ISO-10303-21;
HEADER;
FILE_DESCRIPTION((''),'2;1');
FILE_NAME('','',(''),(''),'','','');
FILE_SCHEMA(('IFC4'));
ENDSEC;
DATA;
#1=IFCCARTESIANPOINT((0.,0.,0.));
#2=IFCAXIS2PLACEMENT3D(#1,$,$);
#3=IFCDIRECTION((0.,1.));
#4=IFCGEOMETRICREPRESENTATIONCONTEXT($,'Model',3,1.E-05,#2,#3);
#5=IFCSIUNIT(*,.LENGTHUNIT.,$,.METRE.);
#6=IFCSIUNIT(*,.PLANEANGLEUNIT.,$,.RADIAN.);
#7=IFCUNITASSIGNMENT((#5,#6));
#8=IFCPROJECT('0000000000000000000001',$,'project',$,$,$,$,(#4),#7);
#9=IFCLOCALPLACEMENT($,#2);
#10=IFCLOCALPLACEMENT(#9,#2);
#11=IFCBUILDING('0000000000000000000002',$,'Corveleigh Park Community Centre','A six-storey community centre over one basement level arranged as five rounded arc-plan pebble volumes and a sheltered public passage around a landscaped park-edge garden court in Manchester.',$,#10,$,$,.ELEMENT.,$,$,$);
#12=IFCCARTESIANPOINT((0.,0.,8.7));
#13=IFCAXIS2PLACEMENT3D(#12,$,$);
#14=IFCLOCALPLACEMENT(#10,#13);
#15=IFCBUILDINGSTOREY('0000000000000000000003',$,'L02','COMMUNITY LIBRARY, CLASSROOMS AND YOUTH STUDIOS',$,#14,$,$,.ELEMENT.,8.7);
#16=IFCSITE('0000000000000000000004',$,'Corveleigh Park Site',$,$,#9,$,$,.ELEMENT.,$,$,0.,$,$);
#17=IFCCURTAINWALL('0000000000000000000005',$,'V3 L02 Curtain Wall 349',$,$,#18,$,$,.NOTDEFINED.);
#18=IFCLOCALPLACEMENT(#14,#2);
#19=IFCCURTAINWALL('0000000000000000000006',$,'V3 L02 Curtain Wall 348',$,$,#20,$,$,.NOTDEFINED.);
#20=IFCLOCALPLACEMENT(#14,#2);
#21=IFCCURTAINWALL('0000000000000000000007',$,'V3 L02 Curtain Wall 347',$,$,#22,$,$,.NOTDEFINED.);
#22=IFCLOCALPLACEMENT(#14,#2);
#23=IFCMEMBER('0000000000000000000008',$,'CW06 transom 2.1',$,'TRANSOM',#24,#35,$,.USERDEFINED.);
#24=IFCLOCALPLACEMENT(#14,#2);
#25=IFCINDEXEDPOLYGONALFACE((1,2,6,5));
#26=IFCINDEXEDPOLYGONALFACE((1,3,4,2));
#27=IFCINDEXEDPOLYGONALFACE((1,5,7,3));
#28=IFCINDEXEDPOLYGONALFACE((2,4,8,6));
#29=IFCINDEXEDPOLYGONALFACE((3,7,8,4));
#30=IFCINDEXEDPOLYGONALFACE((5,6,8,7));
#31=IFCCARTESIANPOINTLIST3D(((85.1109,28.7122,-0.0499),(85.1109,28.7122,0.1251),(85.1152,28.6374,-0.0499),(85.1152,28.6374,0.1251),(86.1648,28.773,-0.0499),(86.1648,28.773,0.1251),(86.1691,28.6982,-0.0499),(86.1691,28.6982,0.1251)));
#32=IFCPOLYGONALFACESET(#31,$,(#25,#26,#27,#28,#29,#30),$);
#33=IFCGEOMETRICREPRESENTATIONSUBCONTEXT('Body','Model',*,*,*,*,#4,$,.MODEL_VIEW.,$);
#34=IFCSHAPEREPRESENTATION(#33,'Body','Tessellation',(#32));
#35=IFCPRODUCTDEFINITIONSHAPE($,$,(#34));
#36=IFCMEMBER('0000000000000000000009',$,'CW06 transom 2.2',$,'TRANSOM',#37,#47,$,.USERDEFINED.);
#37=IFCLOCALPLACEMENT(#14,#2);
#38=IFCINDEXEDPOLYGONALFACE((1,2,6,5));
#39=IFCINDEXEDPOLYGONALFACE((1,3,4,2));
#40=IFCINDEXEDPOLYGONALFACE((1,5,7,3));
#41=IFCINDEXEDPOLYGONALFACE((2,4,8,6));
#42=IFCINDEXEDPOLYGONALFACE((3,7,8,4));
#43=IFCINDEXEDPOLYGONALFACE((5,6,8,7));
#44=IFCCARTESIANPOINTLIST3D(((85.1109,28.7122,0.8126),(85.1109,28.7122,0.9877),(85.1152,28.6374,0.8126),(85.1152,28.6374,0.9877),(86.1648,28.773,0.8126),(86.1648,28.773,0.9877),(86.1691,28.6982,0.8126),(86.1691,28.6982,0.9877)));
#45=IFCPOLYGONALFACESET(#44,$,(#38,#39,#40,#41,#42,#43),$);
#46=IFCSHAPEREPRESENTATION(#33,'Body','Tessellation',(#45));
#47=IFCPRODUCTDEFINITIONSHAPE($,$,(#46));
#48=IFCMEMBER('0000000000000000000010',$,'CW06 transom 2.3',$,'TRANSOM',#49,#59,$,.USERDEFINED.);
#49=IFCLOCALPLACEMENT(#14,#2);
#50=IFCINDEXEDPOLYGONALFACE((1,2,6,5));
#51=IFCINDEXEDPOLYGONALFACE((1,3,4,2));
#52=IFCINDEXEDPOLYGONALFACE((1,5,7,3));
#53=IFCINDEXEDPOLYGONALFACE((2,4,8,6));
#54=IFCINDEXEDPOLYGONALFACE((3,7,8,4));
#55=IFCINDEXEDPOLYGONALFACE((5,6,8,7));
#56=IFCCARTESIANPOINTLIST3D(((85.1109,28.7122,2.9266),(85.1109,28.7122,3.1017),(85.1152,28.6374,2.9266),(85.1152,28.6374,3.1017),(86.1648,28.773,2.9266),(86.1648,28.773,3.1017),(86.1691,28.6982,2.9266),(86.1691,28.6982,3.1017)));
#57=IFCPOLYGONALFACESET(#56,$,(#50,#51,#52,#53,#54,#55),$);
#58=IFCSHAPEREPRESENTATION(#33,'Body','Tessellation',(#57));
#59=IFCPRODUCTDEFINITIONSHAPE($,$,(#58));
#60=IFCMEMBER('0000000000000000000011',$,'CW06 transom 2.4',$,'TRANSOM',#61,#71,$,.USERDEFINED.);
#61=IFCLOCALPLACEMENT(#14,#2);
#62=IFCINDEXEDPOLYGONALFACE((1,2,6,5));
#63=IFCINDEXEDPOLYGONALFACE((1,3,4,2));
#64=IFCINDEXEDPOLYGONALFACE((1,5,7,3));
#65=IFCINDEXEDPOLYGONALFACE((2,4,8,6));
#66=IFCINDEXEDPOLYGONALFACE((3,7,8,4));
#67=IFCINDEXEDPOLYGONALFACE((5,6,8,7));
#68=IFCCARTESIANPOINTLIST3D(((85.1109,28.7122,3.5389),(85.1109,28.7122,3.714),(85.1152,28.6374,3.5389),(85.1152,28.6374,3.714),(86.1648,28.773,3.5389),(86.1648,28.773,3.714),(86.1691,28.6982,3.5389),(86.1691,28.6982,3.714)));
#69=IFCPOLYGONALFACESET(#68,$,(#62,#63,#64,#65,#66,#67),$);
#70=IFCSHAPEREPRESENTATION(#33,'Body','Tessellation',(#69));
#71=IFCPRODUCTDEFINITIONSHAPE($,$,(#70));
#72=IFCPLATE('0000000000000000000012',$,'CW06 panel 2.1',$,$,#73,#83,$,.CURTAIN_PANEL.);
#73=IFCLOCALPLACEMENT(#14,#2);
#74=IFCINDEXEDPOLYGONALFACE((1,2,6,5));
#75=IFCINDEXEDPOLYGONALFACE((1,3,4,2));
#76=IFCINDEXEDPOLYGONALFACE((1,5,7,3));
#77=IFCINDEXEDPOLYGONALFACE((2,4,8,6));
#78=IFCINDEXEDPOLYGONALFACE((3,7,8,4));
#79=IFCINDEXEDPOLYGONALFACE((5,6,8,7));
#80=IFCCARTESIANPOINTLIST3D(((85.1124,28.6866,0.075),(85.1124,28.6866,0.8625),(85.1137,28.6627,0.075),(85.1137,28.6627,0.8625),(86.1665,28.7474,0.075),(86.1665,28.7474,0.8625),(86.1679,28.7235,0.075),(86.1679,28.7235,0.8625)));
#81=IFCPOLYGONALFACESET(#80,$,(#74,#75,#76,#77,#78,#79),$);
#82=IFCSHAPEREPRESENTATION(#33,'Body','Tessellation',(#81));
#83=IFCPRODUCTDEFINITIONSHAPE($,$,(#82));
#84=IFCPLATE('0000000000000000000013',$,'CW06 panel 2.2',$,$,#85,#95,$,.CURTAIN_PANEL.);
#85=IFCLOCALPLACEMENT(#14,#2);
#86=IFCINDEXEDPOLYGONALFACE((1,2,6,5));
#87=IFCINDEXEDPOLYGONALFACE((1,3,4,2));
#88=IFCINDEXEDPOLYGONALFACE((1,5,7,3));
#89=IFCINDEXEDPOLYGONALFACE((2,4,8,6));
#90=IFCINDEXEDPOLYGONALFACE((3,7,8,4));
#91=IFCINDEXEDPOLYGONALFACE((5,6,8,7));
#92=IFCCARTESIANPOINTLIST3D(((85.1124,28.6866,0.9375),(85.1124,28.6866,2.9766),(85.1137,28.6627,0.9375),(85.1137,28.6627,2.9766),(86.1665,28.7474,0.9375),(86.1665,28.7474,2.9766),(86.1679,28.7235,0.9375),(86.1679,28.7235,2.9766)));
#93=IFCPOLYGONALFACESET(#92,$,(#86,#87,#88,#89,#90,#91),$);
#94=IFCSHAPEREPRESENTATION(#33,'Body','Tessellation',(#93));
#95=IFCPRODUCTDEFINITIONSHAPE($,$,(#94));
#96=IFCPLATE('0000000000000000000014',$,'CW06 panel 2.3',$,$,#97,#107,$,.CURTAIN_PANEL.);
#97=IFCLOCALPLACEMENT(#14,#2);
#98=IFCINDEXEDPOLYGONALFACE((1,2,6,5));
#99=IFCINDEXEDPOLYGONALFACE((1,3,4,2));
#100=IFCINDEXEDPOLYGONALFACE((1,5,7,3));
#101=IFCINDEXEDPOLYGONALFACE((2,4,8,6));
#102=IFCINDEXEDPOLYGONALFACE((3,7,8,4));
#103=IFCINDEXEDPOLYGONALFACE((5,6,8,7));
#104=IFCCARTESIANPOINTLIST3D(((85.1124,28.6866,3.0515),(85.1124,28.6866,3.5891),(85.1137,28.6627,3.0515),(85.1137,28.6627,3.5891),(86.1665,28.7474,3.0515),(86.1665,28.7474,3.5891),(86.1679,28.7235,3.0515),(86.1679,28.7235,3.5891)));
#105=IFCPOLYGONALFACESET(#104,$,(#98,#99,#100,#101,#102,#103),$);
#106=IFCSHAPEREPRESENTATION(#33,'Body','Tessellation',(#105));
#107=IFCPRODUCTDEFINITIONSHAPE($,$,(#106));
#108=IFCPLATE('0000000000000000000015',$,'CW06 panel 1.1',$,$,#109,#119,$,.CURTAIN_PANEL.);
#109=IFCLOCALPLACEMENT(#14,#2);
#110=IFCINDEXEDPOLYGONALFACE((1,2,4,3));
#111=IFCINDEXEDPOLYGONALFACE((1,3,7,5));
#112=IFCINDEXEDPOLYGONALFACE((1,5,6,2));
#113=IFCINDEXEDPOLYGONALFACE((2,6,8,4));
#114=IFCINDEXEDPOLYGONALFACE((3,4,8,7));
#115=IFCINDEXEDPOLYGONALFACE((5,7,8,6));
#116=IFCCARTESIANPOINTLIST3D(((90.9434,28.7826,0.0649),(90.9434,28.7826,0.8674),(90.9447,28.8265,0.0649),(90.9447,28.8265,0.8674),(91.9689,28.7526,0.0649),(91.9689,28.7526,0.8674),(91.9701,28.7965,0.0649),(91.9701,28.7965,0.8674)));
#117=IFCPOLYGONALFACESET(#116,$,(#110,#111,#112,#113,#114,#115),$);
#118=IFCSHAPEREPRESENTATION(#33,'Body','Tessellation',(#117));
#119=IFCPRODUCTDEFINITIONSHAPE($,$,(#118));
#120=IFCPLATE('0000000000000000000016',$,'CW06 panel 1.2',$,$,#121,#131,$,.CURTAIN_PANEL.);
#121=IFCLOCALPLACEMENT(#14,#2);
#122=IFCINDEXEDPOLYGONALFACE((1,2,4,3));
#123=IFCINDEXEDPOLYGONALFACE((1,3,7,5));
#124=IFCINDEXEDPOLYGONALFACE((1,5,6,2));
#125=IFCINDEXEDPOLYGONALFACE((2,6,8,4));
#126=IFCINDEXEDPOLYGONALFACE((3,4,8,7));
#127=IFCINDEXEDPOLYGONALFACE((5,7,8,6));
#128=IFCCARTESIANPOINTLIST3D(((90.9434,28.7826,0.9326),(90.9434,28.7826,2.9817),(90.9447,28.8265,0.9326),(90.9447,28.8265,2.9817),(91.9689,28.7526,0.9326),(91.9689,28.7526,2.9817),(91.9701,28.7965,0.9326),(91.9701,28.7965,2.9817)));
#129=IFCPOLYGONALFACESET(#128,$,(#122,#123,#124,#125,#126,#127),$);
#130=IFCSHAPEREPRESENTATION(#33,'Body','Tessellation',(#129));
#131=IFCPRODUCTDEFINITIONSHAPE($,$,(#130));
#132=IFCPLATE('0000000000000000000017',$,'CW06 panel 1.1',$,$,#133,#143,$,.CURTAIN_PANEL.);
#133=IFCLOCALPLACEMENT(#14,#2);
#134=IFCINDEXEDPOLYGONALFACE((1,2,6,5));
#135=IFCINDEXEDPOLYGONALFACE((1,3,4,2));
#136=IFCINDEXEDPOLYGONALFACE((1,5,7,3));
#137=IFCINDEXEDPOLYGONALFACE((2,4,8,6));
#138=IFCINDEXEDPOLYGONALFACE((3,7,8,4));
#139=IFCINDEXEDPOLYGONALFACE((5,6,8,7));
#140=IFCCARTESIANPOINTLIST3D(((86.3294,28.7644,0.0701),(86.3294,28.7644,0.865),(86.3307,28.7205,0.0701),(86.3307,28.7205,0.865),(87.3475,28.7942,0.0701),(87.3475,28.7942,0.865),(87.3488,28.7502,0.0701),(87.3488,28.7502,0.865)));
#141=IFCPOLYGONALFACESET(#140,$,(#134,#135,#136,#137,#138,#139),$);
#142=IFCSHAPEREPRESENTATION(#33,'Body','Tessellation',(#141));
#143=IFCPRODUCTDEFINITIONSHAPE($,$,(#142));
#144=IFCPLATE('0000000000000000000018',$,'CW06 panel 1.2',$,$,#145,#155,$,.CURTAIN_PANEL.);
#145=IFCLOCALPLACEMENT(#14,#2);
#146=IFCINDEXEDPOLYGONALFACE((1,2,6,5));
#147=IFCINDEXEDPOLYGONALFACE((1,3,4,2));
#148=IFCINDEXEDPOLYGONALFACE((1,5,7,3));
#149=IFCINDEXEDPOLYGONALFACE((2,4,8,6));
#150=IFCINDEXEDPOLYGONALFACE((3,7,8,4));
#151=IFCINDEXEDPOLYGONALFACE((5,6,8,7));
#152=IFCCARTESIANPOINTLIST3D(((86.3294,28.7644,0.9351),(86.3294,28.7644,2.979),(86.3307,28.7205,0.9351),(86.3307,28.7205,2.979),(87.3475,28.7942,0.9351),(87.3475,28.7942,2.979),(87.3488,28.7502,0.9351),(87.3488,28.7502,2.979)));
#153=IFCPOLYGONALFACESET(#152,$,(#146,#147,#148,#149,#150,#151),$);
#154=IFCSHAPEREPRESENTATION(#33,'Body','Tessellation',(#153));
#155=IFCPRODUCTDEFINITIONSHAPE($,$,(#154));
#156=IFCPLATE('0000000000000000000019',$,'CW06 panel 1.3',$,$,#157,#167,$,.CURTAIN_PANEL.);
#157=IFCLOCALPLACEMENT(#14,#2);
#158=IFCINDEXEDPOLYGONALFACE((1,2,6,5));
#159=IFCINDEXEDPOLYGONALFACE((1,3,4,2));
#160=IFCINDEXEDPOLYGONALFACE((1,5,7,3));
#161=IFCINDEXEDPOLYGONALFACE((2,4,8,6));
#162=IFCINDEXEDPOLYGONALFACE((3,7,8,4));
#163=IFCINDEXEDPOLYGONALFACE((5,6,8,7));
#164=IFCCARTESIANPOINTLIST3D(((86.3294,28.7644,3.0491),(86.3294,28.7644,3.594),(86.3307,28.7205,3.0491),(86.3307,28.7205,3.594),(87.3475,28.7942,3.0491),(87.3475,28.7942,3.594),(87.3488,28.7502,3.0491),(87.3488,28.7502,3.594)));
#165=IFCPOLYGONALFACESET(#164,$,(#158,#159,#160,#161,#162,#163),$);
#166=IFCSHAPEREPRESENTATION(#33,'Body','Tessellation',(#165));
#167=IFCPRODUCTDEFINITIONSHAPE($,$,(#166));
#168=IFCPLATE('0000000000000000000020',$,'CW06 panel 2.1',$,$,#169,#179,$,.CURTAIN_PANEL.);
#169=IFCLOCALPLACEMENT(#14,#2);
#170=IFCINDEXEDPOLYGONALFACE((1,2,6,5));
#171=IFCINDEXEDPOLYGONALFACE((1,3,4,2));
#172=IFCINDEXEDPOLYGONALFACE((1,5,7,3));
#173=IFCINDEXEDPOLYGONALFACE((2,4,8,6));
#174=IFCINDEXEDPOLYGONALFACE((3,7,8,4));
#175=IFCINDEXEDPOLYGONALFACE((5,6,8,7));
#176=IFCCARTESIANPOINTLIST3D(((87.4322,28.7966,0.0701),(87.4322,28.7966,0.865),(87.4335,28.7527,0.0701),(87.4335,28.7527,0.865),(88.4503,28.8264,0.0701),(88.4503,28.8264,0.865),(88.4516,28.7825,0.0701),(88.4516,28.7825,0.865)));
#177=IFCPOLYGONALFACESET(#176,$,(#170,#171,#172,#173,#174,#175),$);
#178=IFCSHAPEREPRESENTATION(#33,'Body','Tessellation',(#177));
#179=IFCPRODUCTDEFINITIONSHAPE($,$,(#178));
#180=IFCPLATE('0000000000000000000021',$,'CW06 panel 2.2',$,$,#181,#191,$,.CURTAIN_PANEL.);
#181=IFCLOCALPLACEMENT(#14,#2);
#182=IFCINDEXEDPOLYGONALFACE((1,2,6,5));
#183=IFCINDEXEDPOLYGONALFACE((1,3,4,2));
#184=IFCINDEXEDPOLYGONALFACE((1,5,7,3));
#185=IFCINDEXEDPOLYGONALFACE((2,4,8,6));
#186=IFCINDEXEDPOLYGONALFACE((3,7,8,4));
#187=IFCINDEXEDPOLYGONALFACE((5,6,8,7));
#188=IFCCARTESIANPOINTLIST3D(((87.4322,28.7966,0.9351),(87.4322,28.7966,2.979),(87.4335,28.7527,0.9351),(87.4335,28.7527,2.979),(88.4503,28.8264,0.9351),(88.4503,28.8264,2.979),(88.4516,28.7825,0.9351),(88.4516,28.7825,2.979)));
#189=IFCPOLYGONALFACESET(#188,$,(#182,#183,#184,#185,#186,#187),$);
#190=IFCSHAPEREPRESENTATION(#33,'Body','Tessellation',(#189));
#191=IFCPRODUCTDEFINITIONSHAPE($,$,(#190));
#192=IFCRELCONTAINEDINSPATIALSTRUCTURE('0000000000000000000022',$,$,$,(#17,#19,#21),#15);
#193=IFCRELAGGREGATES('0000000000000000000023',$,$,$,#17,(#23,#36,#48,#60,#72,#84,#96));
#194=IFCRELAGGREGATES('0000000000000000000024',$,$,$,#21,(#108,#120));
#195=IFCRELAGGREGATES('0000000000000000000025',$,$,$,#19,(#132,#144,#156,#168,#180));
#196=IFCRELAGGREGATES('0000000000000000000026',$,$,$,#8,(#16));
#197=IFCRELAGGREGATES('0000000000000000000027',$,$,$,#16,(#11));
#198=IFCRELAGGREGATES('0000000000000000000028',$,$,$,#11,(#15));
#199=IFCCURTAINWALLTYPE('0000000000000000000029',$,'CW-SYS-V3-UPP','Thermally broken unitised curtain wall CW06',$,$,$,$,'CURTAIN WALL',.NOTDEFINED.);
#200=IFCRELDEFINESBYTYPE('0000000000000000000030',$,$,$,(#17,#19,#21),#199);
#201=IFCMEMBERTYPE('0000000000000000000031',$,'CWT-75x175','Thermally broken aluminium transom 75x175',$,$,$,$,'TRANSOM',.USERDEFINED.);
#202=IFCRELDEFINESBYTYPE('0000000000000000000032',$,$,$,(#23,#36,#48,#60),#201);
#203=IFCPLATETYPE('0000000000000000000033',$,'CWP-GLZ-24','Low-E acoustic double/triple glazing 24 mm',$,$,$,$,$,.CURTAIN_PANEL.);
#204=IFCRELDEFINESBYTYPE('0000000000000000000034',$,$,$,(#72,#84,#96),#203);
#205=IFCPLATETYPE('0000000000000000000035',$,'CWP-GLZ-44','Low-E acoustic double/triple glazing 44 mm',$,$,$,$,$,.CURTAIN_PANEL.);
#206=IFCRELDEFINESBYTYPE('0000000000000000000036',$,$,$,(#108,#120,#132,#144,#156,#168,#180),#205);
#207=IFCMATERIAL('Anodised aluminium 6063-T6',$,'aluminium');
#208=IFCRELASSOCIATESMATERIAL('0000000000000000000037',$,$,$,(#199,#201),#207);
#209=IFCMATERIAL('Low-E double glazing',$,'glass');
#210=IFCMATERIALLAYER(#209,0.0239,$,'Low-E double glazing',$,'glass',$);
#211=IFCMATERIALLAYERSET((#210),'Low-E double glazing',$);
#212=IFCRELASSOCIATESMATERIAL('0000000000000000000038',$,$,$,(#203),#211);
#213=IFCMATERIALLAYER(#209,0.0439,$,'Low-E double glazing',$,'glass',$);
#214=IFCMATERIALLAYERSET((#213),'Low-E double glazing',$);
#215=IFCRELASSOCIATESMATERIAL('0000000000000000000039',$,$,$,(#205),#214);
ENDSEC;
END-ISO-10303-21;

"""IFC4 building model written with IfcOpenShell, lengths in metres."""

from ifc_helpers import new_model, si_unit, direction, frame, origin, origin_2d, place, context, subcontext, project, spatial, rectangle, extrude, material, layer, layer_set, material_profile, profile_set, type_object, element, aggregate, save


model = new_model("IFC4")

# Units and contexts
model_context = context("Model", 3, precision=1e-05, world=origin(), true_north=direction((0.0, 1.0)))
body_context = subcontext(model_context, "Body", "Model", "MODEL_VIEW")
ifc_project = project(units=[si_unit("LENGTHUNIT", "METRE"), si_unit("PLANEANGLEUNIT", "RADIAN")], contexts=[model_context])

# Site, building, storey
site_placement = place(None, origin())
site = spatial("IfcSite", under=ifc_project, at=site_placement, Name="Corveleigh Park Site", CompositionType="ELEMENT", RefElevation=0.0)
building_placement = place(site_placement, origin())
building = spatial("IfcBuilding", under=site, at=building_placement, Name="Corveleigh Park Community Centre", Description="A six-storey community centre over one basement level arranged as five rounded arc-plan pebble volumes and a sheltered public passage around a landscaped park-edge garden court in Manchester.", CompositionType="ELEMENT")
storey_placement = place(building_placement, frame((0.0, 0.0, 8.7)))
storey = spatial("IfcBuildingStorey", under=building, at=storey_placement, Name="L02", Description="COMMUNITY LIBRARY, CLASSROOMS AND YOUTH STUDIOS", CompositionType="ELEMENT", Elevation=8.7)

# Curtain wall
ifc_material_1 = material(Name="Anodised aluminium 6063-T6", Category="aluminium")
curtain_wall_type = type_object("IfcCurtainWallType", Name="CW-SYS-V3-UPP", Description="Thermally broken unitised curtain wall CW06", ElementType="CURTAIN WALL", PredefinedType="NOTDEFINED", material=ifc_material_1)
curtain_wall_1_placement = place(storey_placement, origin())
curtain_wall_1 = element("IfcCurtainWall", 1, at=curtain_wall_1_placement, inside=storey, type_object=curtain_wall_type, Name="V3 L02 Curtain Wall 349", PredefinedType="NOTDEFINED")

# Curtain walls
curtain_wall_2_placement = place(storey_placement, origin())
curtain_wall_2 = element("IfcCurtainWall", 2, at=curtain_wall_2_placement, inside=storey, type_object=curtain_wall_type, Name="V3 L02 Curtain Wall 348", PredefinedType="NOTDEFINED")
curtain_wall_3_placement = place(storey_placement, origin())
curtain_wall_3 = element("IfcCurtainWall", 3, at=curtain_wall_3_placement, inside=storey, type_object=curtain_wall_type, Name="V3 L02 Curtain Wall 347", PredefinedType="NOTDEFINED")

# Members
ifc_material_profile_1 = material_profile(ifc_material_1, rectangle(XDim=0.075, YDim=0.175, at=origin_2d()), Name="ALU-T75x175", Category="aluminium")
ifc_profile_set_1 = profile_set([ifc_material_profile_1], Name="Anodised aluminium 6063-T6")
member_type_1 = type_object("IfcMemberType", Name="CWT-75x175", Description="Thermally broken aluminium transom 75x175", ElementType="TRANSOM", PredefinedType="USERDEFINED", material=ifc_profile_set_1)
member_1_placement = place(storey_placement, frame((85.113, 28.6748, 0.0376), z_axis=(0.998341, 0.057583, 0.0), x_axis=(-0.057583, 0.998341, 0.0)))
member_1 = element("IfcMember", 4, at=member_1_placement, type_object=member_type_1, Name="CW06 transom 2.1", ObjectType="TRANSOM", PredefinedType="USERDEFINED", context=body_context, shape_type="SweptSolid", body=[
    extrude(rectangle(XDim=0.075, YDim=0.175, at=origin_2d()), origin(), (0.0, 0.0, 1.0), 1.0557),
])
member_2_placement = place(storey_placement, frame((85.113, 28.6748, 0.9001), z_axis=(0.998341, 0.057583, 0.0), x_axis=(-0.057583, 0.998341, 0.0)))
member_2 = element("IfcMember", 5, at=member_2_placement, type_object=member_type_1, Name="CW06 transom 2.2", ObjectType="TRANSOM", PredefinedType="USERDEFINED", context=body_context, shape_type="SweptSolid", body=[
    extrude(rectangle(XDim=0.075, YDim=0.175, at=origin_2d()), origin(), (0.0, 0.0, 1.0), 1.0557),
])
member_3_placement = place(storey_placement, frame((85.113, 28.6748, 3.0142), z_axis=(0.998341, 0.057583, 0.0), x_axis=(-0.057583, 0.998341, 0.0)))
member_3 = element("IfcMember", 6, at=member_3_placement, type_object=member_type_1, Name="CW06 transom 2.3", ObjectType="TRANSOM", PredefinedType="USERDEFINED", context=body_context, shape_type="SweptSolid", body=[
    extrude(rectangle(XDim=0.075, YDim=0.175, at=origin_2d()), origin(), (0.0, 0.0, 1.0), 1.0557),
])
member_4_placement = place(storey_placement, frame((85.113, 28.6748, 3.6265), z_axis=(0.998341, 0.057583, 0.0), x_axis=(-0.057583, 0.998341, 0.0)))
member_4 = element("IfcMember", 7, at=member_4_placement, type_object=member_type_1, Name="CW06 transom 2.4", ObjectType="TRANSOM", PredefinedType="USERDEFINED", context=body_context, shape_type="SweptSolid", body=[
    extrude(rectangle(XDim=0.075, YDim=0.175, at=origin_2d()), origin(), (0.0, 0.0, 1.0), 1.0557),
])

# Plates
ifc_material_2 = material(Name="Low-E double glazing", Category="glass")
ifc_layer_1 = layer(ifc_material_2, 0.0239, Name="Low-E double glazing", Category="glass")
ifc_layer_set_1 = layer_set([ifc_layer_1], Name="Low-E double glazing")
plate_type_1 = type_object("IfcPlateType", Name="CWP-GLZ-24", Description="Low-E acoustic double/triple glazing 24 mm", PredefinedType="CURTAIN_PANEL", material=ifc_layer_set_1)
plate_1_placement = place(storey_placement, frame((85.6401, 28.7051, 0.075), z_axis=(0.0, 0.0, 1.0), x_axis=(0.99834, 0.057597, 0.0)))
plate_1 = element("IfcPlate", 8, at=plate_1_placement, type_object=plate_type_1, Name="CW06 panel 2.1", PredefinedType="CURTAIN_PANEL", context=body_context, shape_type="SweptSolid", body=[
    extrude(rectangle(XDim=1.0559, YDim=0.0239, at=origin_2d()), origin(), (0.0, 0.0, 1.0), 0.7876),
])
plate_2_placement = place(storey_placement, frame((85.6401, 28.7051, 0.9375), z_axis=(0.0, 0.0, 1.0), x_axis=(0.99834, 0.057597, 0.0)))
plate_2 = element("IfcPlate", 9, at=plate_2_placement, type_object=plate_type_1, Name="CW06 panel 2.2", PredefinedType="CURTAIN_PANEL", context=body_context, shape_type="SweptSolid", body=[
    extrude(rectangle(XDim=1.0559, YDim=0.0239, at=origin_2d()), origin(), (0.0, 0.0, 1.0), 2.0391),
])
plate_3_placement = place(storey_placement, frame((85.6401, 28.7051, 3.0515), z_axis=(0.0, 0.0, 1.0), x_axis=(0.99834, 0.057597, 0.0)))
plate_3 = element("IfcPlate", 10, at=plate_3_placement, type_object=plate_type_1, Name="CW06 panel 2.3", PredefinedType="CURTAIN_PANEL", context=body_context, shape_type="SweptSolid", body=[
    extrude(rectangle(XDim=1.0559, YDim=0.0239, at=origin_2d()), origin(), (0.0, 0.0, 1.0), 0.5376),
])
aggregate(curtain_wall_1, [member_1, member_2, member_3, member_4, plate_1, plate_2, plate_3])
ifc_layer_2 = layer(ifc_material_2, 0.0439, Name="Low-E double glazing", Category="glass")
ifc_layer_set_2 = layer_set([ifc_layer_2], Name="Low-E double glazing")
plate_type_2 = type_object("IfcPlateType", Name="CWP-GLZ-44", Description="Low-E acoustic double/triple glazing 44 mm", PredefinedType="CURTAIN_PANEL", material=ifc_layer_set_2)
plate_4_placement = place(storey_placement, frame((91.4568, 28.7896, 0.0649), z_axis=(0.0, 0.0, 1.0), x_axis=(0.999573, -0.029232, 0.0)))
plate_4 = element("IfcPlate", 11, at=plate_4_placement, type_object=plate_type_2, Name="CW06 panel 1.1", PredefinedType="CURTAIN_PANEL", context=body_context, shape_type="SweptSolid", body=[
    extrude(rectangle(XDim=1.0259, YDim=0.0439, at=origin_2d()), origin(), (0.0, 0.0, 1.0), 0.8025),
])
plate_5_placement = place(storey_placement, frame((91.4568, 28.7896, 0.9326), z_axis=(0.0, 0.0, 1.0), x_axis=(0.999573, -0.029232, 0.0)))
plate_5 = element("IfcPlate", 12, at=plate_5_placement, type_object=plate_type_2, Name="CW06 panel 1.2", PredefinedType="CURTAIN_PANEL", context=body_context, shape_type="SweptSolid", body=[
    extrude(rectangle(XDim=1.0259, YDim=0.0439, at=origin_2d()), origin(), (0.0, 0.0, 1.0), 2.0491),
])
aggregate(curtain_wall_3, [plate_4, plate_5])
plate_6_placement = place(storey_placement, frame((86.8391, 28.7573, 0.0701), z_axis=(0.0, 0.0, 1.0), x_axis=(0.999573, 0.029232, 0.0)))
plate_6 = element("IfcPlate", 13, at=plate_6_placement, type_object=plate_type_2, Name="CW06 panel 1.1", PredefinedType="CURTAIN_PANEL", context=body_context, shape_type="SweptSolid", body=[
    extrude(rectangle(XDim=1.0186, YDim=0.0439, at=origin_2d()), origin(), (0.0, 0.0, 1.0), 0.7949),
])
plate_7_placement = place(storey_placement, frame((86.8391, 28.7573, 0.9351), z_axis=(0.0, 0.0, 1.0), x_axis=(0.999573, 0.029232, 0.0)))
plate_7 = element("IfcPlate", 14, at=plate_7_placement, type_object=plate_type_2, Name="CW06 panel 1.2", PredefinedType="CURTAIN_PANEL", context=body_context, shape_type="SweptSolid", body=[
    extrude(rectangle(XDim=1.0186, YDim=0.0439, at=origin_2d()), origin(), (0.0, 0.0, 1.0), 2.0439),
])
plate_8_placement = place(storey_placement, frame((86.8391, 28.7573, 3.0491), z_axis=(0.0, 0.0, 1.0), x_axis=(0.999573, 0.029232, 0.0)))
plate_8 = element("IfcPlate", 15, at=plate_8_placement, type_object=plate_type_2, Name="CW06 panel 1.3", PredefinedType="CURTAIN_PANEL", context=body_context, shape_type="SweptSolid", body=[
    extrude(rectangle(XDim=1.0186, YDim=0.0439, at=origin_2d()), origin(), (0.0, 0.0, 1.0), 0.5449),
])
plate_9_placement = place(storey_placement, frame((87.9419, 28.7896, 0.0701), z_axis=(0.0, 0.0, 1.0), x_axis=(0.999573, 0.029232, 0.0)))
plate_9 = element("IfcPlate", 16, at=plate_9_placement, type_object=plate_type_2, Name="CW06 panel 2.1", PredefinedType="CURTAIN_PANEL", context=body_context, shape_type="SweptSolid", body=[
    extrude(rectangle(XDim=1.0186, YDim=0.0439, at=origin_2d()), origin(), (0.0, 0.0, 1.0), 0.7949),
])
plate_10_placement = place(storey_placement, frame((87.9419, 28.7896, 0.9351), z_axis=(0.0, 0.0, 1.0), x_axis=(0.999573, 0.029232, 0.0)))
plate_10 = element("IfcPlate", 17, at=plate_10_placement, type_object=plate_type_2, Name="CW06 panel 2.2", PredefinedType="CURTAIN_PANEL", context=body_context, shape_type="SweptSolid", body=[
    extrude(rectangle(XDim=1.0186, YDim=0.0439, at=origin_2d()), origin(), (0.0, 0.0, 1.0), 2.0439),
])
aggregate(curtain_wall_2, [plate_6, plate_7, plate_8, plate_9, plate_10])

save(model, "model.ifc")
